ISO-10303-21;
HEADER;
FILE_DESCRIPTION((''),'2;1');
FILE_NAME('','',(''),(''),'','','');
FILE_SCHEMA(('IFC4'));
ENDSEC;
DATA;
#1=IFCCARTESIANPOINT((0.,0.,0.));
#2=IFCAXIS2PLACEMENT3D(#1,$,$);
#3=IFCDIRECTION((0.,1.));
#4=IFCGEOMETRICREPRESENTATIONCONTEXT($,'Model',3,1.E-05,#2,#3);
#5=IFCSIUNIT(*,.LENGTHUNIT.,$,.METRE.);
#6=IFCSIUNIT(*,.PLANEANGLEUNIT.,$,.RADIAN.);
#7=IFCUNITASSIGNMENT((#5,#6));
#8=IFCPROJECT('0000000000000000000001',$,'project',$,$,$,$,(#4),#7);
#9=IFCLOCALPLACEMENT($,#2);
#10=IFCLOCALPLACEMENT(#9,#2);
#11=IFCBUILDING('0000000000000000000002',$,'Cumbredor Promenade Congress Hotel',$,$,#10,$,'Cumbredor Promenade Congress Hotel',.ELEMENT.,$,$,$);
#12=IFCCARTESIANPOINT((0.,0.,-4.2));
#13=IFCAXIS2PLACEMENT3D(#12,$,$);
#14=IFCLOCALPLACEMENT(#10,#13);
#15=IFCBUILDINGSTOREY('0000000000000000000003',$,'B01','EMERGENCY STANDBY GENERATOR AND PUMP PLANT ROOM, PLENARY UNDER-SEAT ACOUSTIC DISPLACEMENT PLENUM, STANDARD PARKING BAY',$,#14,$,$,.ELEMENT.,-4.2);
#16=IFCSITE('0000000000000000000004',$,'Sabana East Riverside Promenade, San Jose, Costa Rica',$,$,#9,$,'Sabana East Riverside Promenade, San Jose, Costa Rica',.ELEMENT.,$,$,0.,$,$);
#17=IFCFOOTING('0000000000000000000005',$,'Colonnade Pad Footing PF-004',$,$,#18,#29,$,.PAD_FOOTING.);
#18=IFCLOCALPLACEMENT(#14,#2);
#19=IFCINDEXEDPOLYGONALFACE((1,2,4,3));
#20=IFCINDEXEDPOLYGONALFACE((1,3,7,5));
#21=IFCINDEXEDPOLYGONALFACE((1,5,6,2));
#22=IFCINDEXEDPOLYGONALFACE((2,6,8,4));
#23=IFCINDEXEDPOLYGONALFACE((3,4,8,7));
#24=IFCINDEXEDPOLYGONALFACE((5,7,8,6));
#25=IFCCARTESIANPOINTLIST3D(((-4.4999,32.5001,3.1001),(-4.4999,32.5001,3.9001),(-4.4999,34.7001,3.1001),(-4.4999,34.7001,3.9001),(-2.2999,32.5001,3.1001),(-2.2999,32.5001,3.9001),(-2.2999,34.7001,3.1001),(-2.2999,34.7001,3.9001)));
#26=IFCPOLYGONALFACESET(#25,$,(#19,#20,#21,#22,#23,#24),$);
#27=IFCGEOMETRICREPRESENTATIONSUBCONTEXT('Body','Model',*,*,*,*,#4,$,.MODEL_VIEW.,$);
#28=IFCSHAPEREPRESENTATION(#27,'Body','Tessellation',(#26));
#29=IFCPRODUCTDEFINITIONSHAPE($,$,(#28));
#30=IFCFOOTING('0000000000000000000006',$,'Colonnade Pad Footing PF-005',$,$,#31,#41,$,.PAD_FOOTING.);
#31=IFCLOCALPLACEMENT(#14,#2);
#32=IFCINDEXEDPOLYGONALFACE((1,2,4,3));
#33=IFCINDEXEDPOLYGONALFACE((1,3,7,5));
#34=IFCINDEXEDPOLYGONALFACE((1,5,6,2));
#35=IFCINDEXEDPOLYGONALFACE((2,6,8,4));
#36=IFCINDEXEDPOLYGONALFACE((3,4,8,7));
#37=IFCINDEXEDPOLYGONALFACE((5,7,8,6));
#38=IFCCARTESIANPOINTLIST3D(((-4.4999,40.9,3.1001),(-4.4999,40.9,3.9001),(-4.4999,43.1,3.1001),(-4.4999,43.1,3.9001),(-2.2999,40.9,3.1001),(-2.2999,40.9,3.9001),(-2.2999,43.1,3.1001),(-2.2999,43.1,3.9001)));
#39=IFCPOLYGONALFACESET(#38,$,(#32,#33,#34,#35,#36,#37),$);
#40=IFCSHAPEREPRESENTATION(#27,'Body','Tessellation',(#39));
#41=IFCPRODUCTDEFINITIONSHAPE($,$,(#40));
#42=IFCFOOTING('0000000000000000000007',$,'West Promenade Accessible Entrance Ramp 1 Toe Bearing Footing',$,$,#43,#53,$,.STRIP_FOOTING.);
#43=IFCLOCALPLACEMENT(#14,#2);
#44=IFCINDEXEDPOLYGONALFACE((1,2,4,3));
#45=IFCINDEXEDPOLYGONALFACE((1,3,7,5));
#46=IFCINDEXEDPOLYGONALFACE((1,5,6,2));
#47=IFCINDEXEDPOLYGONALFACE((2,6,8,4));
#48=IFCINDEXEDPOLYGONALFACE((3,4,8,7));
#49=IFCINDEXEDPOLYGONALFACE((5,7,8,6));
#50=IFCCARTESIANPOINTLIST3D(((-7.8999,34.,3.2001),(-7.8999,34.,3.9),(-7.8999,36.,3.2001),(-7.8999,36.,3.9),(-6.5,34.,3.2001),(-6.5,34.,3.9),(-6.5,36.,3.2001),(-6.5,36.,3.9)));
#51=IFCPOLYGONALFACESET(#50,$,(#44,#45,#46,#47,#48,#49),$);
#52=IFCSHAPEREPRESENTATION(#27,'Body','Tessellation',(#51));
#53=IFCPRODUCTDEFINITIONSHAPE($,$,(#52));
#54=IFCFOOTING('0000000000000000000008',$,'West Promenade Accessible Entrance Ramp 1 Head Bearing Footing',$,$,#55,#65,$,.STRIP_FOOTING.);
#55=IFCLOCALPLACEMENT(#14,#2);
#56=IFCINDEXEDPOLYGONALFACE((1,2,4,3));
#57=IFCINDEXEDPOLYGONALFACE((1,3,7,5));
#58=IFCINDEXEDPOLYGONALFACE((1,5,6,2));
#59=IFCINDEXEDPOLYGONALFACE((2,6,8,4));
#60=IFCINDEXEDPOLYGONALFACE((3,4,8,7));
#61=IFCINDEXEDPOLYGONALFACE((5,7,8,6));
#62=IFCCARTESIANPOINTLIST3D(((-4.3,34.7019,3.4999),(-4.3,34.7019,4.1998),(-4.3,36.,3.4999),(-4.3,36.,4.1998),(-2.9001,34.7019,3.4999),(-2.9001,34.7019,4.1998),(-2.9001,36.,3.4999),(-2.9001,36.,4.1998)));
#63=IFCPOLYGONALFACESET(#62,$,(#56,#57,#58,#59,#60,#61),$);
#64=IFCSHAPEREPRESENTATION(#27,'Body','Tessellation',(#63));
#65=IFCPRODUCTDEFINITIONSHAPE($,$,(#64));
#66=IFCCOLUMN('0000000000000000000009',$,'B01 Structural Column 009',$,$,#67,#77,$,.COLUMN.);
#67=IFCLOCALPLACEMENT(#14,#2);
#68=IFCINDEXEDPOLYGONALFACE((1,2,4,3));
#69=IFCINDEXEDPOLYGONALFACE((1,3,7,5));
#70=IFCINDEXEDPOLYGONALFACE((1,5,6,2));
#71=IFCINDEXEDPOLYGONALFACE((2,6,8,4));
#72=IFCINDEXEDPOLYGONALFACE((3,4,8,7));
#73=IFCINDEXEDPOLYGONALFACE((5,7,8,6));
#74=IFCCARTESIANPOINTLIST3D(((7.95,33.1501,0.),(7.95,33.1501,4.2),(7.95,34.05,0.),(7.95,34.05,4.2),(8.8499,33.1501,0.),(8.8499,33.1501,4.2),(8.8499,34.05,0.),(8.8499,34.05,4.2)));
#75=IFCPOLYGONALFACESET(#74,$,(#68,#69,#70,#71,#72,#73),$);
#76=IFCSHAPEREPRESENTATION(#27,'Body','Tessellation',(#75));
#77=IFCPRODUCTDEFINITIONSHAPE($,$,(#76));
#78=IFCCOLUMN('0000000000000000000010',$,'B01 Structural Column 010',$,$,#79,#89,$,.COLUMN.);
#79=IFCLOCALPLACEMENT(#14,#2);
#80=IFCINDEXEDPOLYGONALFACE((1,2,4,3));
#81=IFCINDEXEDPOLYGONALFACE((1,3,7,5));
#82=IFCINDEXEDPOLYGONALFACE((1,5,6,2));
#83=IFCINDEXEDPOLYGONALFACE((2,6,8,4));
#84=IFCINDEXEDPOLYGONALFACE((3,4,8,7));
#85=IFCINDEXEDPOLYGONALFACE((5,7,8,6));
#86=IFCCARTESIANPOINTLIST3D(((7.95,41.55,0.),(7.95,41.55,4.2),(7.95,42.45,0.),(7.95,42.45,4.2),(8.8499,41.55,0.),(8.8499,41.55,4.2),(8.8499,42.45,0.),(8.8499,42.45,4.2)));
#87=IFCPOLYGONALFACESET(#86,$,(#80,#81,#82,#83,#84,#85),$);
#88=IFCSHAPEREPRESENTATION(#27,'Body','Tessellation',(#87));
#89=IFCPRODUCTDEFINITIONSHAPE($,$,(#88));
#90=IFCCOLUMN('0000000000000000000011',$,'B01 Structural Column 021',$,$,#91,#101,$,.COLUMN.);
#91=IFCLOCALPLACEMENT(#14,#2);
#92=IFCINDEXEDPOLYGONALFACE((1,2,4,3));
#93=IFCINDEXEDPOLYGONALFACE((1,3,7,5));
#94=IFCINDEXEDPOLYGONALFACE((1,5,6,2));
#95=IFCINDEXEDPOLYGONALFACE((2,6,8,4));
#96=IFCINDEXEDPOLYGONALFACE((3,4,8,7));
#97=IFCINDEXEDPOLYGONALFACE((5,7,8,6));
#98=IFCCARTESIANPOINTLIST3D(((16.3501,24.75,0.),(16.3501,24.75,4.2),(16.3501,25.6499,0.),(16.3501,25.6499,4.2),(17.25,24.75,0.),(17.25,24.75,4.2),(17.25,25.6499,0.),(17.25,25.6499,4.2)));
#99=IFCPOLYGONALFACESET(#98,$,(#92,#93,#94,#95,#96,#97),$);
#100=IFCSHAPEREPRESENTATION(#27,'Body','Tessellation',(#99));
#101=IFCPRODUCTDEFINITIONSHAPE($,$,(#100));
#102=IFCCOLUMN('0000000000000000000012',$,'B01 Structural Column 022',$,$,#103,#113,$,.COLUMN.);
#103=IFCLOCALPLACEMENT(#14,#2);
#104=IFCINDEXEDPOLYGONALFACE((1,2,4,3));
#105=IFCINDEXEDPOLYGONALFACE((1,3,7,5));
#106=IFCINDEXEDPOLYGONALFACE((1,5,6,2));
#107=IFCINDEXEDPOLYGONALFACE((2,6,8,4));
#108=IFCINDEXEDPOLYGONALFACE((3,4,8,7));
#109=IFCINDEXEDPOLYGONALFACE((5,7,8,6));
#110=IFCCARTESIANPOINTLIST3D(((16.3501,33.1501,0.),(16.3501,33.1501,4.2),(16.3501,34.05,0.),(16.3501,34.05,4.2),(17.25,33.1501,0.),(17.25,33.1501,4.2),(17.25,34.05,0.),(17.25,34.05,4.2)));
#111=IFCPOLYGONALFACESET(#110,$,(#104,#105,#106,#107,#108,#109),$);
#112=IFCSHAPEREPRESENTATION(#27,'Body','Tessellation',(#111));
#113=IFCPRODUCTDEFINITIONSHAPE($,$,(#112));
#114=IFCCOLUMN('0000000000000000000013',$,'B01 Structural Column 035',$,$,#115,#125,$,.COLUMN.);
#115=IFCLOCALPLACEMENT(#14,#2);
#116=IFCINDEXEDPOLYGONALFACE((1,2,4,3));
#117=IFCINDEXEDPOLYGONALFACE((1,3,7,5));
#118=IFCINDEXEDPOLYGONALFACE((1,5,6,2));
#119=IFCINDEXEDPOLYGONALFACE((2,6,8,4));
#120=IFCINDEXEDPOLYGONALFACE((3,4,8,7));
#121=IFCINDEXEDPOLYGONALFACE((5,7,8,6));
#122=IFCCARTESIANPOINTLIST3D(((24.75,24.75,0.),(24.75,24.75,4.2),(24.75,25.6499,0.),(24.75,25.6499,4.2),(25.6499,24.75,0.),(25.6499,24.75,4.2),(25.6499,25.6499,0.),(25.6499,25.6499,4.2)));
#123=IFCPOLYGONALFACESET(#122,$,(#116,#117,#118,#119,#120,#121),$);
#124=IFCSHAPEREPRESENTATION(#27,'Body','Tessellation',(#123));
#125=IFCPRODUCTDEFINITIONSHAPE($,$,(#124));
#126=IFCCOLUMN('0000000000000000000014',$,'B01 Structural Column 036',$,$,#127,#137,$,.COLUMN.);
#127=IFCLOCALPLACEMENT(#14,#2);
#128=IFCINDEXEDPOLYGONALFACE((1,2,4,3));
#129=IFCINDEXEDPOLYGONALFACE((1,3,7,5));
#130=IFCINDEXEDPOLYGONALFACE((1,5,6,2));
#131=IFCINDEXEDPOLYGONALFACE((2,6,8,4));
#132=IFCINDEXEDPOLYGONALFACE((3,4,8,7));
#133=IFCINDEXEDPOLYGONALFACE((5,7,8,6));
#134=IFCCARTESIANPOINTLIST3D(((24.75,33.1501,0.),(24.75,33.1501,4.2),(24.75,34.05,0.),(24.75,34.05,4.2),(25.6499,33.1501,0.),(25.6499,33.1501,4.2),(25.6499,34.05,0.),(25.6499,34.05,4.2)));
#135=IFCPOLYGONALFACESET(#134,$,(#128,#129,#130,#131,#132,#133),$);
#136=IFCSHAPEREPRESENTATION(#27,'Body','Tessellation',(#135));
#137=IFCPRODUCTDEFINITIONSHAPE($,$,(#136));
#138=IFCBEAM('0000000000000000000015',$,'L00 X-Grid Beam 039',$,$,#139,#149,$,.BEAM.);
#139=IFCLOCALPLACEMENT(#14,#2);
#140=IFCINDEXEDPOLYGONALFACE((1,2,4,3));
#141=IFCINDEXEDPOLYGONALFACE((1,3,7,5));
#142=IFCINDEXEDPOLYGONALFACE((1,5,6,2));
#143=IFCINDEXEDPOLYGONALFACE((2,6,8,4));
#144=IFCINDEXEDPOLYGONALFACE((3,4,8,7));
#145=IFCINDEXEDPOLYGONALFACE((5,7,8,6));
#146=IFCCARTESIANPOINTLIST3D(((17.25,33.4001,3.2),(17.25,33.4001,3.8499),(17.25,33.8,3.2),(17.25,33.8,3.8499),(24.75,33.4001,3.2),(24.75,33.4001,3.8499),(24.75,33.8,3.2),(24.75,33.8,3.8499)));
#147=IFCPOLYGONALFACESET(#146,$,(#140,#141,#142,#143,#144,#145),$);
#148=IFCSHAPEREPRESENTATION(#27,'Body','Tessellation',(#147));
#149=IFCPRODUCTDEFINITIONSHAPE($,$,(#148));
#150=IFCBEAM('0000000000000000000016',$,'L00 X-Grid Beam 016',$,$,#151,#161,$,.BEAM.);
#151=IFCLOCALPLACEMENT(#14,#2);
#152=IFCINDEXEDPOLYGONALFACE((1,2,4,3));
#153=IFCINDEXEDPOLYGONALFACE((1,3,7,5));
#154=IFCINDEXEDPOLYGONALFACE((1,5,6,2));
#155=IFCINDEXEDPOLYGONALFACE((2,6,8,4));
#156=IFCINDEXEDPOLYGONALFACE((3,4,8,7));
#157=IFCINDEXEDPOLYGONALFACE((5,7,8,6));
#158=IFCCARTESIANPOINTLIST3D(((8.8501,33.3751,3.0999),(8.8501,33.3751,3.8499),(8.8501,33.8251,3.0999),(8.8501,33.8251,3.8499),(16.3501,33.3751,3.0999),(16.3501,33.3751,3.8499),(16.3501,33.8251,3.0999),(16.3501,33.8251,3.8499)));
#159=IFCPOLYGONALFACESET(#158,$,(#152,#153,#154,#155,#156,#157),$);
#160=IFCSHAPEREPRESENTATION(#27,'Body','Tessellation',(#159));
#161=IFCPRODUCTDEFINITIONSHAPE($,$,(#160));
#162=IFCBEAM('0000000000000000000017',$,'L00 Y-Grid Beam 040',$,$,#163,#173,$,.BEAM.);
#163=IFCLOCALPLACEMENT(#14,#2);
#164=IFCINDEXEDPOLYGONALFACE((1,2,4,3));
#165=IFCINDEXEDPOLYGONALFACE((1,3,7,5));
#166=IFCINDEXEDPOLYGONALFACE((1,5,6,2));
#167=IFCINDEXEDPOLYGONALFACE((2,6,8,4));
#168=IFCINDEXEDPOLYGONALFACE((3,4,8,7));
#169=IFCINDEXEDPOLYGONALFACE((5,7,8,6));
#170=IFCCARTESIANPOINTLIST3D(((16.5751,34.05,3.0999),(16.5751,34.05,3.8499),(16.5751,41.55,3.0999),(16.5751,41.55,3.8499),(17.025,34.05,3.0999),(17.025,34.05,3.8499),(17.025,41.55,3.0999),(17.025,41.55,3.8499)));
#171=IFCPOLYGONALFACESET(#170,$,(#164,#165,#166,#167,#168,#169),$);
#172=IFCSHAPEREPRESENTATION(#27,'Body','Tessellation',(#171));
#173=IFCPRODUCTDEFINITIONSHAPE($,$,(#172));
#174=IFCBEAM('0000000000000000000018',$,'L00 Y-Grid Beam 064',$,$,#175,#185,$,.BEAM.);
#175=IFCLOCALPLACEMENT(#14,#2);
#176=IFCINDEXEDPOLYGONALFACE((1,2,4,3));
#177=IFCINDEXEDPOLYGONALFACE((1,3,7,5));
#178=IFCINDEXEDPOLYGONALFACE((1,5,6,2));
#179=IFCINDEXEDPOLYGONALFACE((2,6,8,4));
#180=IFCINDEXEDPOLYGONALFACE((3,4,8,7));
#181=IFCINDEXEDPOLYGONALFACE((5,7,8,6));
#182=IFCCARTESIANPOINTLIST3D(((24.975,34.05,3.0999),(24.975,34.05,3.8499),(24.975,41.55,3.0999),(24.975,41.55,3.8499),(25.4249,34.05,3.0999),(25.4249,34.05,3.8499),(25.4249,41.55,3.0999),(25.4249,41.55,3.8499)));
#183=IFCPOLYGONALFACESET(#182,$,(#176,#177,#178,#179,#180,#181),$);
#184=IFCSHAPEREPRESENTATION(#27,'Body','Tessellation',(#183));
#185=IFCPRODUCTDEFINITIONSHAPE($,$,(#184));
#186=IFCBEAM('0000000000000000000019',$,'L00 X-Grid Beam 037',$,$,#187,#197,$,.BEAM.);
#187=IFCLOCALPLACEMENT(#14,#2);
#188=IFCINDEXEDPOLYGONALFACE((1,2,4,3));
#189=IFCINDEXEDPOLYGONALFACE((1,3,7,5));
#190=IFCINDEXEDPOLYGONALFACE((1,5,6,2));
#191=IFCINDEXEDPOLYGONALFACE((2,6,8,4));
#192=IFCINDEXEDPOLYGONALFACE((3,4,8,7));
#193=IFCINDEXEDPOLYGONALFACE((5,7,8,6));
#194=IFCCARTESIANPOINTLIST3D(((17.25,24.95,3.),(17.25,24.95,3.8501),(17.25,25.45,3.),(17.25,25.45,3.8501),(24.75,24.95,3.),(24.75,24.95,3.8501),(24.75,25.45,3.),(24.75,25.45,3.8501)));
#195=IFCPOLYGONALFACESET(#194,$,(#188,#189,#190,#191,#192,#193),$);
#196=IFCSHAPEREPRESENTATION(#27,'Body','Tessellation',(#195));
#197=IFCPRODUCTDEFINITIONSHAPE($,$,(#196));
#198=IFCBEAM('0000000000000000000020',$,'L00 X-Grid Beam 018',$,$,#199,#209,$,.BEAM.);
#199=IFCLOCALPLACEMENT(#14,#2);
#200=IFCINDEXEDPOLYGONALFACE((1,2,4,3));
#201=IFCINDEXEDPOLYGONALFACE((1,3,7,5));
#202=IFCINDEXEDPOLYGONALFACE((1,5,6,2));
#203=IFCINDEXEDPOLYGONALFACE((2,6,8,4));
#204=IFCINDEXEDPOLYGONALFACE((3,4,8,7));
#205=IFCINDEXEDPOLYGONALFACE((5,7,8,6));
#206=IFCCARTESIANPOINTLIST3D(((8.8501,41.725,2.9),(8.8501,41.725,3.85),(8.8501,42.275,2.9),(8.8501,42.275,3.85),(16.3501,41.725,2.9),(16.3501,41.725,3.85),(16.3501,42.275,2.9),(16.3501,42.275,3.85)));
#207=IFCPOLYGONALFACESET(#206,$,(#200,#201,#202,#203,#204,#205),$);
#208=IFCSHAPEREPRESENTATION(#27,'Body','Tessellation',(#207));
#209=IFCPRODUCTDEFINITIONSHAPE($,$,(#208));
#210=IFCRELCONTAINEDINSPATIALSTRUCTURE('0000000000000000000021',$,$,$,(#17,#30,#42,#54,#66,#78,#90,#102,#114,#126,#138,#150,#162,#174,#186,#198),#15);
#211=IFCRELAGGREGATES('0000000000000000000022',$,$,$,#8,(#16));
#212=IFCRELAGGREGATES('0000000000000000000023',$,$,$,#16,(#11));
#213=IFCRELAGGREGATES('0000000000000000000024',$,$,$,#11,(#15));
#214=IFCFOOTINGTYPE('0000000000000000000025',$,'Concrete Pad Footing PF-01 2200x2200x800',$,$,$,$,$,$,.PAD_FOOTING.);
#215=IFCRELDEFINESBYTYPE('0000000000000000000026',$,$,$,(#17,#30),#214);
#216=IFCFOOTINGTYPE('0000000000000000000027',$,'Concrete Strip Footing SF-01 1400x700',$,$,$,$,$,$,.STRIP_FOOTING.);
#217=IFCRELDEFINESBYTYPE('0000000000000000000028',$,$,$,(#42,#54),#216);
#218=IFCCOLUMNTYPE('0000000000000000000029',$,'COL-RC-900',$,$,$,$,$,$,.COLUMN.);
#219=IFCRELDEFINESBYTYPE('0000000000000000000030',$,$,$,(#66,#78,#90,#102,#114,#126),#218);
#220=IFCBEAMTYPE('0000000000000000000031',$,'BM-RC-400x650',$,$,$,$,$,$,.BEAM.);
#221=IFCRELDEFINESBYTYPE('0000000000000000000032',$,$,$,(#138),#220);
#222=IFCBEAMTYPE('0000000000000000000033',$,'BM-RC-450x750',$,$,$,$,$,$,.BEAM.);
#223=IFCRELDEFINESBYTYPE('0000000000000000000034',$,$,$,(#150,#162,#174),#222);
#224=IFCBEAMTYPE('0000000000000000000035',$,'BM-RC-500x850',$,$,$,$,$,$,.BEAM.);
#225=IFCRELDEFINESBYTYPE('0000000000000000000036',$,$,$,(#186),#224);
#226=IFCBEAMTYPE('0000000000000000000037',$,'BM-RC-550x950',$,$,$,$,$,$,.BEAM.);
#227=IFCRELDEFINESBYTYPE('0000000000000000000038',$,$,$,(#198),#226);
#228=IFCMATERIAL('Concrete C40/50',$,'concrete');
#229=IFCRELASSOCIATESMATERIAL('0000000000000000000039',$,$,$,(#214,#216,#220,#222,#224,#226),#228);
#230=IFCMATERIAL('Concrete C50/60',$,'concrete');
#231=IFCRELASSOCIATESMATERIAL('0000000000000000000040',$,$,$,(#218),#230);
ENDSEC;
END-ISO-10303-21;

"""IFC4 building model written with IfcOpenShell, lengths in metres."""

from ifc_helpers import new_model, si_unit, direction, frame, origin, origin_2d, place, context, subcontext, project, spatial, rectangle, extrude, material, material_profile, profile_set, type_object, element, save


model = new_model("IFC4")

# Units and contexts
model_context = context("Model", 3, precision=1e-05, world=origin(), true_north=direction((0.0, 1.0)))
body_context = subcontext(model_context, "Body", "Model", "MODEL_VIEW")
ifc_project = project(units=[si_unit("LENGTHUNIT", "METRE"), si_unit("PLANEANGLEUNIT", "RADIAN")], contexts=[model_context])

# Site, building, storey
site_placement = place(None, origin())
site = spatial("IfcSite", under=ifc_project, at=site_placement, Name="Sabana East Riverside Promenade, San Jose, Costa Rica", LongName="Sabana East Riverside Promenade, San Jose, Costa Rica", CompositionType="ELEMENT", RefElevation=0.0)
building_placement = place(site_placement, origin())
building = spatial("IfcBuilding", under=site, at=building_placement, Name="Cumbredor Promenade Congress Hotel", LongName="Cumbredor Promenade Congress Hotel", CompositionType="ELEMENT")
storey_placement = place(building_placement, frame((0.0, 0.0, -4.2)))
storey = spatial("IfcBuildingStorey", under=building, at=storey_placement, Name="B01", Description="EMERGENCY STANDBY GENERATOR AND PUMP PLANT ROOM, PLENARY UNDER-SEAT ACOUSTIC DISPLACEMENT PLENUM, STANDARD PARKING BAY", CompositionType="ELEMENT", Elevation=-4.2)

# Footings
ifc_material_1 = material(Name="Concrete C40/50", Category="concrete")
footing_type_1 = type_object("IfcFootingType", Name="Concrete Pad Footing PF-01 2200x2200x800", PredefinedType="PAD_FOOTING", material=ifc_material_1)
for number, where, z_axis, x_axis, name in (
    (1, (-3.3999, 33.6001, 3.1001), (0.0, 0.0, 1.0), (1.0, 0.0, 0.0), "Colonnade Pad Footing PF-004"),
    (2, (-3.3999, 42.0, 3.1001), (0.0, 0.0, 1.0), (1.0, 0.0, 0.0), "Colonnade Pad Footing PF-005"),
):
    element("IfcFooting", number, at=place(storey_placement, frame(where, z_axis=z_axis, x_axis=x_axis)), inside=storey, type_object=footing_type_1, Name=name, PredefinedType="PAD_FOOTING", context=body_context, shape_type="SweptSolid", body=[
        extrude(rectangle(XDim=2.2, YDim=2.2, at=origin_2d()), origin(), (0.0, 0.0, 1.0), 0.8),
    ])
ifc_material_profile_1 = material_profile(ifc_material_1, rectangle(XDim=1.3999, YDim=0.7, at=origin_2d()), Name="SF 1400x700")
ifc_profile_set_1 = profile_set([ifc_material_profile_1], Name="Concrete C40/50")
footing_type_2 = type_object("IfcFootingType", Name="Concrete Strip Footing SF-01 1400x700", PredefinedType="STRIP_FOOTING", material=ifc_profile_set_1)
footing_1_placement = place(storey_placement, frame((-7.2, 34.0, 3.55), z_axis=(0.0, 1.0, 0.0), x_axis=(-1.0, 0.0, 0.0)))
element("IfcFooting", 3, at=footing_1_placement, inside=storey, type_object=footing_type_2, Name="West Promenade Accessible Entrance Ramp 1 Toe Bearing Footing", PredefinedType="STRIP_FOOTING", context=body_context, shape_type="SweptSolid", body=[
    extrude(rectangle(XDim=1.3999, YDim=0.7, at=origin_2d()), origin(), (0.0, 0.0, 1.0), 2.0),
])
footing_2_placement = place(storey_placement, frame((-3.6001, 34.7019, 3.8499), z_axis=(0.0, 1.0, 0.0), x_axis=(-1.0, 0.0, 0.0)))
element("IfcFooting", 4, at=footing_2_placement, inside=storey, type_object=footing_type_2, Name="West Promenade Accessible Entrance Ramp 1 Head Bearing Footing", PredefinedType="STRIP_FOOTING", context=body_context, shape_type="SweptSolid", body=[
    extrude(rectangle(XDim=1.3999, YDim=0.7, at=origin_2d()), origin(), (0.0, 0.0, 1.0), 1.2981),
])

# Columns
ifc_material_2 = material(Name="Concrete C50/60", Category="concrete")
ifc_material_profile_2 = material_profile(ifc_material_2, rectangle(XDim=0.8999, YDim=0.8999, at=origin_2d()), Name="RC 900x900")
ifc_profile_set_2 = profile_set([ifc_material_profile_2], Name="Concrete C50/60")
column_type = type_object("IfcColumnType", Name="COL-RC-900", PredefinedType="COLUMN", material=ifc_profile_set_2)
for number, where, z_axis, x_axis, name in (
    (5, (8.3999, 33.6001, 0.0), (0.0, 0.0, 1.0), (1.0, 0.0, 0.0), "B01 Structural Column 009"),
    (6, (8.3999, 42.0, 0.0), (0.0, 0.0, 1.0), (1.0, 0.0, 0.0), "B01 Structural Column 010"),
    (7, (16.8, 25.2, 0.0), (0.0, 0.0, 1.0), (1.0, 0.0, 0.0), "B01 Structural Column 021"),
    (8, (16.8, 33.6001, 0.0), (0.0, 0.0, 1.0), (1.0, 0.0, 0.0), "B01 Structural Column 022"),
    (9, (25.2, 25.2, 0.0), (0.0, 0.0, 1.0), (1.0, 0.0, 0.0), "B01 Structural Column 035"),
    (10, (25.2, 33.6001, 0.0), (0.0, 0.0, 1.0), (1.0, 0.0, 0.0), "B01 Structural Column 036"),
):
    element("IfcColumn", number, at=place(storey_placement, frame(where, z_axis=z_axis, x_axis=x_axis)), inside=storey, type_object=column_type, Name=name, PredefinedType="COLUMN", context=body_context, shape_type="SweptSolid", body=[
        extrude(rectangle(XDim=0.8999, YDim=0.8999, at=origin_2d()), origin(), (0.0, 0.0, 1.0), 4.2),
    ])

# Beams
ifc_material_profile_3 = material_profile(ifc_material_1, rectangle(XDim=0.3999, YDim=0.6499, at=origin_2d()), Name="RC BEAM 400x650")
ifc_profile_set_3 = profile_set([ifc_material_profile_3], Name="Concrete C40/50")
beam_type_1 = type_object("IfcBeamType", Name="BM-RC-400x650", PredefinedType="BEAM", material=ifc_profile_set_3)
beam_1_placement = place(storey_placement, frame((17.25, 33.6001, 3.5249), z_axis=(1.0, 0.0, 0.0), x_axis=(0.0, 1.0, 0.0)))
element("IfcBeam", 11, at=beam_1_placement, inside=storey, type_object=beam_type_1, Name="L00 X-Grid Beam 039", PredefinedType="BEAM", context=body_context, shape_type="SweptSolid", body=[
    extrude(rectangle(XDim=0.3999, YDim=0.6499, at=origin_2d()), origin(), (0.0, 0.0, 1.0), 7.5),
])
ifc_material_profile_4 = material_profile(ifc_material_1, rectangle(XDim=0.45, YDim=0.75, at=origin_2d()), Name="RC BEAM 450x750")
ifc_profile_set_4 = profile_set([ifc_material_profile_4], Name="Concrete C40/50")
beam_type_2 = type_object("IfcBeamType", Name="BM-RC-450x750", PredefinedType="BEAM", material=ifc_profile_set_4)
for number, where, z_axis, x_axis, name in (
    (12, (8.8501, 33.6001, 3.4749), (1.0, 0.0, 0.0), (0.0, 1.0, 0.0), "L00 X-Grid Beam 016"),
    (13, (16.8, 34.05, 3.4749), (0.0, 1.0, 0.0), (-1.0, 0.0, 0.0), "L00 Y-Grid Beam 040"),
    (14, (25.2, 34.05, 3.4749), (0.0, 1.0, 0.0), (-1.0, 0.0, 0.0), "L00 Y-Grid Beam 064"),
):
    element("IfcBeam", number, at=place(storey_placement, frame(where, z_axis=z_axis, x_axis=x_axis)), inside=storey, type_object=beam_type_2, Name=name, PredefinedType="BEAM", context=body_context, shape_type="SweptSolid", body=[
        extrude(rectangle(XDim=0.45, YDim=0.75, at=origin_2d()), origin(), (0.0, 0.0, 1.0), 7.5),
    ])
ifc_material_profile_5 = material_profile(ifc_material_1, rectangle(XDim=0.5, YDim=0.8501, at=origin_2d()), Name="RC BEAM 500x850")
ifc_profile_set_5 = profile_set([ifc_material_profile_5], Name="Concrete C40/50")
beam_type_3 = type_object("IfcBeamType", Name="BM-RC-500x850", PredefinedType="BEAM", material=ifc_profile_set_5)
beam_2_placement = place(storey_placement, frame((17.25, 25.2, 3.425), z_axis=(1.0, 0.0, 0.0), x_axis=(0.0, 1.0, 0.0)))
element("IfcBeam", 15, at=beam_2_placement, inside=storey, type_object=beam_type_3, Name="L00 X-Grid Beam 037", PredefinedType="BEAM", context=body_context, shape_type="SweptSolid", body=[
    extrude(rectangle(XDim=0.5, YDim=0.8501, at=origin_2d()), origin(), (0.0, 0.0, 1.0), 7.5),
])
ifc_material_profile_6 = material_profile(ifc_material_1, rectangle(XDim=0.55, YDim=0.95, at=origin_2d()), Name="RC BEAM 550x950")
ifc_profile_set_6 = profile_set([ifc_material_profile_6], Name="Concrete C40/50")
beam_type_4 = type_object("IfcBeamType", Name="BM-RC-550x950", PredefinedType="BEAM", material=ifc_profile_set_6)
for number, where, z_axis, x_axis, name in (
    (16, (8.8501, 42.0, 3.375), (1.0, 0.0, 0.0), (0.0, 1.0, 0.0), "L00 X-Grid Beam 018"),
):
    element("IfcBeam", number, at=place(storey_placement, frame(where, z_axis=z_axis, x_axis=x_axis)), inside=storey, type_object=beam_type_4, Name=name, PredefinedType="BEAM", context=body_context, shape_type="SweptSolid", body=[
        extrude(rectangle(XDim=0.55, YDim=0.95, at=origin_2d()), origin(), (0.0, 0.0, 1.0), 7.5),
    ])

save(model, "model.ifc")
